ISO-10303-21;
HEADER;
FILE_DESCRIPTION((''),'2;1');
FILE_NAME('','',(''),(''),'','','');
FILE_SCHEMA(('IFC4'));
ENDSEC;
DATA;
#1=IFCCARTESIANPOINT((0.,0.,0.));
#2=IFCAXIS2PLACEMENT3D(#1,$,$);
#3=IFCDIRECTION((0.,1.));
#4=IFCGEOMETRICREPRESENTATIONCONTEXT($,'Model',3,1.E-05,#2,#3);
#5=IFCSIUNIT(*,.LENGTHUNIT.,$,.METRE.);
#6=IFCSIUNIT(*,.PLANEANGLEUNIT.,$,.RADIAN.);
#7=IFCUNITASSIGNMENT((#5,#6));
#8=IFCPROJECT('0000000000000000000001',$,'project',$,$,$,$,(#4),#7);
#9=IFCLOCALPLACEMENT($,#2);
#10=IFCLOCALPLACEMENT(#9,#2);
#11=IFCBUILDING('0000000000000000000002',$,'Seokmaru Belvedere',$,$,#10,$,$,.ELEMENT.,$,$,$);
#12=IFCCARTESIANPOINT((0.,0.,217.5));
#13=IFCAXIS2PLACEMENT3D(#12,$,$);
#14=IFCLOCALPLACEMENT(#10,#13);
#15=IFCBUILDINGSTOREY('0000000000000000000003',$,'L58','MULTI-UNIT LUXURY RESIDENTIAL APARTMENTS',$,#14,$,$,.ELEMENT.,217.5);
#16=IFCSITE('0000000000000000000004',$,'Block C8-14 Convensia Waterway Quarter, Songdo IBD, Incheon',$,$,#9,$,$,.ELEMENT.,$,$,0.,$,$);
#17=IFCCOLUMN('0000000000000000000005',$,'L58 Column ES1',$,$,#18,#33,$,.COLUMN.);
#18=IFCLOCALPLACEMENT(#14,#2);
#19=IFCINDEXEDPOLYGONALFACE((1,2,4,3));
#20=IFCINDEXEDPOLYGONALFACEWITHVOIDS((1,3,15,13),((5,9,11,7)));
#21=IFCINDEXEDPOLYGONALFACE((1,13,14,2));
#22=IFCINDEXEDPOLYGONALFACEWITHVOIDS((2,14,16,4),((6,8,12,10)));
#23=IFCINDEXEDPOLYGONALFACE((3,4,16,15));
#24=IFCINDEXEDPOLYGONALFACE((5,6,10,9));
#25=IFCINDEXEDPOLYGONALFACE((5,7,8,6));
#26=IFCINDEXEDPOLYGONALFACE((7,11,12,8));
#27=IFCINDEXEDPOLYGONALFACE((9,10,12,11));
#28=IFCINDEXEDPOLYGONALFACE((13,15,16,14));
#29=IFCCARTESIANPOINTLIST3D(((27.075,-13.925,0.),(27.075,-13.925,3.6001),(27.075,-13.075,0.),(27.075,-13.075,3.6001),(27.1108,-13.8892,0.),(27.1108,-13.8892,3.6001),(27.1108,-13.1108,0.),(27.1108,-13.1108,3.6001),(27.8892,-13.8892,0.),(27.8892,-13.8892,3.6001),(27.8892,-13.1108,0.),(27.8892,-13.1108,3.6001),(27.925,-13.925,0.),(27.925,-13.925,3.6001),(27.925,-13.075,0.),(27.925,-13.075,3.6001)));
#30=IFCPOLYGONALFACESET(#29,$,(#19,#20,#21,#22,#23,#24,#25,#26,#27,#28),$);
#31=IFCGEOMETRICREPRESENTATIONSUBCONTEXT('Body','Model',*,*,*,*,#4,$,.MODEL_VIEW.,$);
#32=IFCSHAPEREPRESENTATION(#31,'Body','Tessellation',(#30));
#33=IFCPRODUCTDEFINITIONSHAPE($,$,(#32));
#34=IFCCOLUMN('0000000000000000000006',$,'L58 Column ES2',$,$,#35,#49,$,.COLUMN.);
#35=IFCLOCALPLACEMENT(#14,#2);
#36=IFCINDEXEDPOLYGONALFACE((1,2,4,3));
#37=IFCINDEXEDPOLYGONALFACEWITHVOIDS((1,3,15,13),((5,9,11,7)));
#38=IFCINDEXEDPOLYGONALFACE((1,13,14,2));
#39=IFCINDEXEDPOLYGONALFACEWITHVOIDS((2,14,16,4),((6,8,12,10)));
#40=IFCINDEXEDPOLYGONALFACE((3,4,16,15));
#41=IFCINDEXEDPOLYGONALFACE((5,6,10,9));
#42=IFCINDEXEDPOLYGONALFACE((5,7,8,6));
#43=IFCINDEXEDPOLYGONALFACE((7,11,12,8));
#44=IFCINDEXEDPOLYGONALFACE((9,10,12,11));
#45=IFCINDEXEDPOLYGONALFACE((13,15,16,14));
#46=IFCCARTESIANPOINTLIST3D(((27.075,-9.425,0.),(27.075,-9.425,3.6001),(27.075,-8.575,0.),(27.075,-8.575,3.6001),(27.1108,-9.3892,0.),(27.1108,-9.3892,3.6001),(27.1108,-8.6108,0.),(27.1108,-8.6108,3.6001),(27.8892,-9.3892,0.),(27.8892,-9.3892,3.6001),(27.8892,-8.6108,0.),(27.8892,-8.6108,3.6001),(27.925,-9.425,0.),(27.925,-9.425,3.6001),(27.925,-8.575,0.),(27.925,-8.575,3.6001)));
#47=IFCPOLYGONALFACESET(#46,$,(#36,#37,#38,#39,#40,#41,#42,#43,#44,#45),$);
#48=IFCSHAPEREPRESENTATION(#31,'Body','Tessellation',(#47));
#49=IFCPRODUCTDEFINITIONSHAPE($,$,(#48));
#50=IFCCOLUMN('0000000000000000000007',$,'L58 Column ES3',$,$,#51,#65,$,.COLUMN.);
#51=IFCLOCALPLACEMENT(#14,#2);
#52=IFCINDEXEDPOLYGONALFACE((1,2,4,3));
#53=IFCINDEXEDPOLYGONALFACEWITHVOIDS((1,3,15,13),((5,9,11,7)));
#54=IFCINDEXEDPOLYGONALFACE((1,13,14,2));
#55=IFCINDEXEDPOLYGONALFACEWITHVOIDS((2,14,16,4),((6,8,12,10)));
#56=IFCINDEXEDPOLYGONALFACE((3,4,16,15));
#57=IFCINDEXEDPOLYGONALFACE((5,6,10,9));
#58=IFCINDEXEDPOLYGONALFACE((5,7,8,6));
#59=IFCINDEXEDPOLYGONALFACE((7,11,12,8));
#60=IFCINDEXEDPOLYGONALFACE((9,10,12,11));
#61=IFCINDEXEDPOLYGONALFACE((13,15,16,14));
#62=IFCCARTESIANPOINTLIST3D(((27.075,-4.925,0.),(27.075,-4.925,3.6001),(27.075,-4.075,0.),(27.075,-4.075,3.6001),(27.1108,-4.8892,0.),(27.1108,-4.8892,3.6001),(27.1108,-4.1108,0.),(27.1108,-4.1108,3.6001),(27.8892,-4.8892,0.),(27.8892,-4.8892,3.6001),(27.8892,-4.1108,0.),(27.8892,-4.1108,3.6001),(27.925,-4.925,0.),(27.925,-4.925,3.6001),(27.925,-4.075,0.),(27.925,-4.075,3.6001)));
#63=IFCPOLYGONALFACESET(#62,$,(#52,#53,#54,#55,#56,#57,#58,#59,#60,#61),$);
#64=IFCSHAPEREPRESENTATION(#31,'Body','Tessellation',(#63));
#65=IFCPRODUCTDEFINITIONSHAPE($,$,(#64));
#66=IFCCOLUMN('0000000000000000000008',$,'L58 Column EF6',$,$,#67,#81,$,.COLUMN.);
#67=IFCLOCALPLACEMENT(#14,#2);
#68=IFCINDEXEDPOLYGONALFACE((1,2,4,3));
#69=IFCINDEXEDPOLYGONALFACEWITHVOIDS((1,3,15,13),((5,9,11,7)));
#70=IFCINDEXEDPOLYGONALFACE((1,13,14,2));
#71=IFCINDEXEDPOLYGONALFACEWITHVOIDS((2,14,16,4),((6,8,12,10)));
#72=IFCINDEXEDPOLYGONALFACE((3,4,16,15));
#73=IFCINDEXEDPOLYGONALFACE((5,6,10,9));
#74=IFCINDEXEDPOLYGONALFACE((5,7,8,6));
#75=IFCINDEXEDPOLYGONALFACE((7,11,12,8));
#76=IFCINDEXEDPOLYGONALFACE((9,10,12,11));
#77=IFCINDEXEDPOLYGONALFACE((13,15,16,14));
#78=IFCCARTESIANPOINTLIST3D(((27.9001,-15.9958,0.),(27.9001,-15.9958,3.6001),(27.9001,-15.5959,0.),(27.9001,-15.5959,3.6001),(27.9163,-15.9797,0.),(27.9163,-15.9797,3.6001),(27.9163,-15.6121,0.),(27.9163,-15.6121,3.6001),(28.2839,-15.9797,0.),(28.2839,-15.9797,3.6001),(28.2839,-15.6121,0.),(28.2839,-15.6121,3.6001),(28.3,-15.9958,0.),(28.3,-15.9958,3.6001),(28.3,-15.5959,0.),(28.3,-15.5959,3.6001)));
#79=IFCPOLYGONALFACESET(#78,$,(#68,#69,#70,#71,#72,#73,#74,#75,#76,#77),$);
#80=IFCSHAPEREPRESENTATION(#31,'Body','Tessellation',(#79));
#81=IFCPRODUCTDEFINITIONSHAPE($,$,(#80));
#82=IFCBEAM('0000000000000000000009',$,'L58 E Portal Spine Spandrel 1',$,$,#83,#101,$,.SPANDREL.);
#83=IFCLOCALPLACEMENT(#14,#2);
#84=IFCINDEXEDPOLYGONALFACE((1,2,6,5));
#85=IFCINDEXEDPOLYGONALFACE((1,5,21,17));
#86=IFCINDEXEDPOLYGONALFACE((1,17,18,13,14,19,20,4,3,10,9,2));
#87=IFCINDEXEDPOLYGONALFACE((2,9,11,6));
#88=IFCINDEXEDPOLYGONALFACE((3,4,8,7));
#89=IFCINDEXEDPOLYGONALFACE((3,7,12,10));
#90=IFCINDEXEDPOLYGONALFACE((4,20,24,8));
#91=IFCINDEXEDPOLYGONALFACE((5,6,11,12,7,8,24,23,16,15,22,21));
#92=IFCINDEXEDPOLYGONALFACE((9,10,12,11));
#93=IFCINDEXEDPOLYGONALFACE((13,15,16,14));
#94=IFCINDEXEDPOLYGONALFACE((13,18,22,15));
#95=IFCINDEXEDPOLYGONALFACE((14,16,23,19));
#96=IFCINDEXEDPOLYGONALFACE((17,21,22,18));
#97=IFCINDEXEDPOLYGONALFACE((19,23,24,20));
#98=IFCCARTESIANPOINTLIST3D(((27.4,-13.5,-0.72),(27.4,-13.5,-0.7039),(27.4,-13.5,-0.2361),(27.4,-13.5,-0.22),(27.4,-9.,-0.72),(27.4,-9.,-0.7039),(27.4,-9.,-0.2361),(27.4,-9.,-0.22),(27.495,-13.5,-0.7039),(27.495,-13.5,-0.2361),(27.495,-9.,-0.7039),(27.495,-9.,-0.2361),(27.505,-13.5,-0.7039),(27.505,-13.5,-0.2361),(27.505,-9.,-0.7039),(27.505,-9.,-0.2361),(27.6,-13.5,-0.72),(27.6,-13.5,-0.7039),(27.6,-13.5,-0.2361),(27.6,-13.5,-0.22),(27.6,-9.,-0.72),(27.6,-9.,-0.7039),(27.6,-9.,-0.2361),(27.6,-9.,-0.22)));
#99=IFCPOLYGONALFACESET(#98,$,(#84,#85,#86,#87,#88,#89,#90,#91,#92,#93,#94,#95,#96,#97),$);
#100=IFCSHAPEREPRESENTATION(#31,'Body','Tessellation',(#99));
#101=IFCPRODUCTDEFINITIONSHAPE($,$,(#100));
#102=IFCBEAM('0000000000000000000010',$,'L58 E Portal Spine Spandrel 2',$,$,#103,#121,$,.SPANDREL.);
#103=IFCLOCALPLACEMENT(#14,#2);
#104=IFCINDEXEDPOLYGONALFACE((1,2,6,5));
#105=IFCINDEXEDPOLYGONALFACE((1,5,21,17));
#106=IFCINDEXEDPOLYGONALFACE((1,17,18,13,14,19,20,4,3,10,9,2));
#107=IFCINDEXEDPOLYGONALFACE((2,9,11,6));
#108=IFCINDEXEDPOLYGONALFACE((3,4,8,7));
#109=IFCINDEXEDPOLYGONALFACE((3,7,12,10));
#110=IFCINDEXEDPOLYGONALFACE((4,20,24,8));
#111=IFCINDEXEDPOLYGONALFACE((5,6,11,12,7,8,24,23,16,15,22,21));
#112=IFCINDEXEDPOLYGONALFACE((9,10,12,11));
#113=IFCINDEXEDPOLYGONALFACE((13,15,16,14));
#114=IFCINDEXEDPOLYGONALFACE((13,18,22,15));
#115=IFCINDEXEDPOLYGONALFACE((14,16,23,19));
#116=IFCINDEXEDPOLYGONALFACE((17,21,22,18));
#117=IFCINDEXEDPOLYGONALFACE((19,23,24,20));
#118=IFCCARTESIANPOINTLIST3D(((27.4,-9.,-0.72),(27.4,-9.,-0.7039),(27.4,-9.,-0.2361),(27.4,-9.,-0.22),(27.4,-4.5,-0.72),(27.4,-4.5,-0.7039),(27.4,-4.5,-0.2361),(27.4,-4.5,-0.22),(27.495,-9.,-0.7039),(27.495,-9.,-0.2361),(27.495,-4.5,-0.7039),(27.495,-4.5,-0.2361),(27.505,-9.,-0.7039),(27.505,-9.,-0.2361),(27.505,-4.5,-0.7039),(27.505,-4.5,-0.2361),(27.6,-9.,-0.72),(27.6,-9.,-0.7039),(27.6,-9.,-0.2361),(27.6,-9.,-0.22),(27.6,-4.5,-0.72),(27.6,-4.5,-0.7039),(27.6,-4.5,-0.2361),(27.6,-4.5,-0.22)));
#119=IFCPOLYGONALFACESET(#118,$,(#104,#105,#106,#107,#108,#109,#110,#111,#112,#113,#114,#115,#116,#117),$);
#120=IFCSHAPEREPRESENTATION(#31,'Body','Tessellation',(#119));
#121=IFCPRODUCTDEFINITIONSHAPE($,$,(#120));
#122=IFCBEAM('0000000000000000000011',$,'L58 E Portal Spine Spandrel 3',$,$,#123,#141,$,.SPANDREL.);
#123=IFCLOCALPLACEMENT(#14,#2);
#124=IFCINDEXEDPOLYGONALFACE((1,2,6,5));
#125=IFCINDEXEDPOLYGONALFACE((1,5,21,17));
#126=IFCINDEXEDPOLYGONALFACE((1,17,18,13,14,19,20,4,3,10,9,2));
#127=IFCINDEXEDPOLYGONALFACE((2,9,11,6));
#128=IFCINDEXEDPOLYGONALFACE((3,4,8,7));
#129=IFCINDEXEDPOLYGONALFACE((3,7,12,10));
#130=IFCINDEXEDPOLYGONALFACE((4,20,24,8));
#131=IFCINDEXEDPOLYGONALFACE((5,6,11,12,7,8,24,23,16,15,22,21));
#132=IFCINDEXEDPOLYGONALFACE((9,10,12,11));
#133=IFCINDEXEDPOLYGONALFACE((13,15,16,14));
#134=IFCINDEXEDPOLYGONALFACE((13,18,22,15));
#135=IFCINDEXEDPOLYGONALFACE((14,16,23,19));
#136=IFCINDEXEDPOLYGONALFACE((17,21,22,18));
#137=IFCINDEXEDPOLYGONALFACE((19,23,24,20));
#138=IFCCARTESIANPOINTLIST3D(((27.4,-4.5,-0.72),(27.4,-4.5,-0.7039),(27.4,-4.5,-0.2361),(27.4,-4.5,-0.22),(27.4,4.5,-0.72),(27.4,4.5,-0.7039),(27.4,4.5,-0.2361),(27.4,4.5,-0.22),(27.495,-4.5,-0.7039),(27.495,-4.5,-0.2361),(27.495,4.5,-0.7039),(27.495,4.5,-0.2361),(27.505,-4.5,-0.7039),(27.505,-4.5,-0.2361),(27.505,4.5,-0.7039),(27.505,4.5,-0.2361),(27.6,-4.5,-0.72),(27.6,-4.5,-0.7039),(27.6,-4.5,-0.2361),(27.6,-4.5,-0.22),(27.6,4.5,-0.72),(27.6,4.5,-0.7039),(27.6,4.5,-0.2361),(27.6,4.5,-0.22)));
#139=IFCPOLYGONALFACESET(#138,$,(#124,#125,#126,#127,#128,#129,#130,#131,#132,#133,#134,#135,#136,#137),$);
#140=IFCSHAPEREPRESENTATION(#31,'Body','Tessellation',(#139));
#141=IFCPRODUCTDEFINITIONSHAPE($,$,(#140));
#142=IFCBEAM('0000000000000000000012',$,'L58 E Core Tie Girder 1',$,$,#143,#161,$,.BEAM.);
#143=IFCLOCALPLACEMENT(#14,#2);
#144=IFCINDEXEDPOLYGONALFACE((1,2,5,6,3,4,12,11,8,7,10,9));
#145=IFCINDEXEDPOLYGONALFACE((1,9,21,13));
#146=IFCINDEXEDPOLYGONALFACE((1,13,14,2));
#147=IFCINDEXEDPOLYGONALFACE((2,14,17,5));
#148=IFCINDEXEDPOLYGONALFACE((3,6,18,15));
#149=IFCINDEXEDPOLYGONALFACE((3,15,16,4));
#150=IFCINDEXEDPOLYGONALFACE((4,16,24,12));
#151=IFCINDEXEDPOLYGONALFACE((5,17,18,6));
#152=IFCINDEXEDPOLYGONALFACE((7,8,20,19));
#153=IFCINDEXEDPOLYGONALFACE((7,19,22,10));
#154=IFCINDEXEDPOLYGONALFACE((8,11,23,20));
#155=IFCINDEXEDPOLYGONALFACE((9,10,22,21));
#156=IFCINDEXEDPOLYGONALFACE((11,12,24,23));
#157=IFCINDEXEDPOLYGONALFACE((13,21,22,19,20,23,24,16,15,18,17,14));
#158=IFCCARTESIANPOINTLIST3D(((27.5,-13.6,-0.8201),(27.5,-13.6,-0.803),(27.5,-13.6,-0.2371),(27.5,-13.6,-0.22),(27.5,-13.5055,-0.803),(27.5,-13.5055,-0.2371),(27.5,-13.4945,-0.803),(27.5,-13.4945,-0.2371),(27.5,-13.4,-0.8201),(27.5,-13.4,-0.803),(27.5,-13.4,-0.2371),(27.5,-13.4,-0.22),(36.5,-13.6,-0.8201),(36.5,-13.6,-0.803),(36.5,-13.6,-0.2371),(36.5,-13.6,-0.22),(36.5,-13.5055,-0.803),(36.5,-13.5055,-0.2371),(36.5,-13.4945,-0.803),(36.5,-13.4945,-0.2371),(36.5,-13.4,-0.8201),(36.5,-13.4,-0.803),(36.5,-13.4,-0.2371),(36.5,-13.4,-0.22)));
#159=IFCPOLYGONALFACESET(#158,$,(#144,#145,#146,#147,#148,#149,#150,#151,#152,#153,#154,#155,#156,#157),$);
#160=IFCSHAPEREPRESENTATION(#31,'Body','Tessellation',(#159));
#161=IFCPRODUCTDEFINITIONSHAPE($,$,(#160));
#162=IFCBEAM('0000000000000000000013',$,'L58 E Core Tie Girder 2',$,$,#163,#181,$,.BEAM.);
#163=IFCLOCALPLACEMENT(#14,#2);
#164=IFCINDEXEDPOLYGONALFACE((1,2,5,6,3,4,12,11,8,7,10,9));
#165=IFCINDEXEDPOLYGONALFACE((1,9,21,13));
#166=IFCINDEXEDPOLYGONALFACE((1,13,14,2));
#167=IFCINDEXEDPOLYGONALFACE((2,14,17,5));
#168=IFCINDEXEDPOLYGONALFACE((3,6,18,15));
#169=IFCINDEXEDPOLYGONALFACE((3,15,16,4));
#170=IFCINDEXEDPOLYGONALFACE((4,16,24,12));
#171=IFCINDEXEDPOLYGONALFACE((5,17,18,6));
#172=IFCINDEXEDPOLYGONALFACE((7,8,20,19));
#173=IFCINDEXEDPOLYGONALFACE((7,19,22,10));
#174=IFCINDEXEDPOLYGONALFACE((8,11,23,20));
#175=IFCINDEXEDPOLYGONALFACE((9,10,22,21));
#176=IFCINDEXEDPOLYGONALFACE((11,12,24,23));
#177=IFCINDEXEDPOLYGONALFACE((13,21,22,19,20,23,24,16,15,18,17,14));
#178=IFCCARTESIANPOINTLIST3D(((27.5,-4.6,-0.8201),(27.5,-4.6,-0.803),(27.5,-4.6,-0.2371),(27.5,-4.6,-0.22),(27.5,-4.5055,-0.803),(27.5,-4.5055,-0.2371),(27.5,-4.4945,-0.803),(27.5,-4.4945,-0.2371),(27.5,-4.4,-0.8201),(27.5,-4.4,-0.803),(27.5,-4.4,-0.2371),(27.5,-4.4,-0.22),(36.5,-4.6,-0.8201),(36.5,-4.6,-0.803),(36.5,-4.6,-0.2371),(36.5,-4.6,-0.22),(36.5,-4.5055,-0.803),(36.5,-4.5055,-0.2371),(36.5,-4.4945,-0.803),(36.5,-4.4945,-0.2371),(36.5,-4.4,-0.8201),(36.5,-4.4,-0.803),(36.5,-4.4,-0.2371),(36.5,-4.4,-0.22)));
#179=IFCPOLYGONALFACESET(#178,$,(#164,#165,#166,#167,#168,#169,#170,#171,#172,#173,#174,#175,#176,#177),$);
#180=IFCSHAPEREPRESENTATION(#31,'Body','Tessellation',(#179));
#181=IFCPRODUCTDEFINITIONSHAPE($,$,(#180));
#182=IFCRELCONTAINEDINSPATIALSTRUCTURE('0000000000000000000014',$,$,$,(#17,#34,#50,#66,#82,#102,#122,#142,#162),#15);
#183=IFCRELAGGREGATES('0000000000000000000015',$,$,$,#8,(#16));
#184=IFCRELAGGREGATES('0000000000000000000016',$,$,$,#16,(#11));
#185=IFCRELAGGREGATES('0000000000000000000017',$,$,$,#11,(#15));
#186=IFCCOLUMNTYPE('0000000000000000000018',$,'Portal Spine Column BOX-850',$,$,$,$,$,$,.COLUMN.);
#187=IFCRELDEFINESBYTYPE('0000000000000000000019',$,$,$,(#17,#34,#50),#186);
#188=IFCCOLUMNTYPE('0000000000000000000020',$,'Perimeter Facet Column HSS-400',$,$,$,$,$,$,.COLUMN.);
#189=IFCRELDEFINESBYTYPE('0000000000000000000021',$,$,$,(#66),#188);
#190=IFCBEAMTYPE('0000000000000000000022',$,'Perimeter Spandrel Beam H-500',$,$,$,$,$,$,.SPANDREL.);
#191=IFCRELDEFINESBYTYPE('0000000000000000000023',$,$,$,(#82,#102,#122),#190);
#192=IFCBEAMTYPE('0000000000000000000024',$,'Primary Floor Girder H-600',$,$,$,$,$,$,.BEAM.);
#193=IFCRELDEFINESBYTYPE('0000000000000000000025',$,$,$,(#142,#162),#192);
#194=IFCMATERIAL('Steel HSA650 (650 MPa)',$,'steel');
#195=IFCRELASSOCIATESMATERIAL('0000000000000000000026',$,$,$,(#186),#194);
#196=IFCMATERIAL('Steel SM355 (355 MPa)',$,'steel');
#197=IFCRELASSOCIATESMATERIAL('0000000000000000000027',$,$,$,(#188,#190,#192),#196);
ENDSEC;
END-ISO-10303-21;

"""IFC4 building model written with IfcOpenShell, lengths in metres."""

from ifc_helpers import new_model, si_unit, direction, frame, origin, origin_2d, place, context, subcontext, project, spatial, hollow_rectangle, i_section, extrude, source, transform, mapped, material, material_profile, profile_set, type_object, type_shapes, element, save


model = new_model("IFC4")

# Units and contexts
model_context = context("Model", 3, precision=1e-05, world=origin(), true_north=direction((0.0, 1.0)))
body_context = subcontext(model_context, "Body", "Model", "MODEL_VIEW")
ifc_project = project(units=[si_unit("LENGTHUNIT", "METRE"), si_unit("PLANEANGLEUNIT", "RADIAN")], contexts=[model_context])

# Site, building, storey
site_placement = place(None, origin())
site = spatial("IfcSite", under=ifc_project, at=site_placement, Name="Block C8-14 Convensia Waterway Quarter, Songdo IBD, Incheon", CompositionType="ELEMENT", RefElevation=0.0)
building_placement = place(site_placement, origin())
building = spatial("IfcBuilding", under=site, at=building_placement, Name="Seokmaru Belvedere", CompositionType="ELEMENT")
storey_placement = place(building_placement, frame((0.0, 0.0, 217.5)))
storey = spatial("IfcBuildingStorey", under=building, at=storey_placement, Name="L58", Description="MULTI-UNIT LUXURY RESIDENTIAL APARTMENTS", CompositionType="ELEMENT", Elevation=217.5)

# Columns
ifc_material_1 = material(Name="Steel HSA650 (650 MPa)", Category="steel")
ifc_material_profile_1 = material_profile(ifc_material_1, hollow_rectangle(XDim=0.8501, YDim=0.8501, WallThickness=0.0359, at=origin_2d()), Name="BOX-850x850x36")
ifc_profile_set_1 = profile_set([ifc_material_profile_1], Name="Steel HSA650 (650 MPa)")
column_type_1 = type_object("IfcColumnType", Name="Portal Spine Column BOX-850", PredefinedType="COLUMN", material=ifc_profile_set_1)
shared_shape_1 = source(origin(), body_context, "Body", "SweptSolid", [
    extrude(hollow_rectangle(XDim=0.8501, YDim=0.8501, WallThickness=0.0359, at=origin_2d()), origin(), (0.0, 0.0, 1.0), 3.6001),
])
type_shapes(column_type_1, [shared_shape_1])
for number, where, z_axis, x_axis, name in (
    (1, (27.5, -13.5, 0.0), (0.0, 0.0, 1.0), (1.0, 0.0, 0.0), "L58 Column ES1"),
    (2, (27.5, -9.0, 0.0), (0.0, 0.0, 1.0), (1.0, 0.0, 0.0), "L58 Column ES2"),
    (3, (27.5, -4.5, 0.0), (0.0, 0.0, 1.0), (1.0, 0.0, 0.0), "L58 Column ES3"),
):
    element("IfcColumn", number, at=place(storey_placement, frame(where, z_axis=z_axis, x_axis=x_axis)), inside=storey, type_object=column_type_1, Name=name, PredefinedType="COLUMN", context=body_context, shape_type="MappedRepresentation", body=[
        mapped(shared_shape_1, transform((0.0, 0.0, 0.0), scale=1.0)),
    ])
ifc_material_2 = material(Name="Steel SM355 (355 MPa)", Category="steel")
ifc_material_profile_2 = material_profile(ifc_material_2, hollow_rectangle(XDim=0.3999, YDim=0.3999, WallThickness=0.0161, at=origin_2d()), Name="HSS-400x400x16")
ifc_profile_set_2 = profile_set([ifc_material_profile_2], Name="Steel SM355 (355 MPa)")
column_type_2 = type_object("IfcColumnType", Name="Perimeter Facet Column HSS-400", PredefinedType="COLUMN", material=ifc_profile_set_2)
shared_shape_2 = source(origin(), body_context, "Body", "SweptSolid", [
    extrude(hollow_rectangle(XDim=0.3999, YDim=0.3999, WallThickness=0.0161, at=origin_2d()), origin(), (0.0, 0.0, 1.0), 3.6001),
])
type_shapes(column_type_2, [shared_shape_2])
column_placement = place(storey_placement, frame((28.1001, -15.7959, 0.0), z_axis=(0.0, 0.0, 1.0), x_axis=(1.0, 0.0, 0.0)))
element("IfcColumn", 4, at=column_placement, inside=storey, type_object=column_type_2, Name="L58 Column EF6", PredefinedType="COLUMN", context=body_context, shape_type="MappedRepresentation", body=[
    mapped(shared_shape_2, transform((0.0, 0.0, 0.0), scale=1.0)),
])

# Beams
ifc_material_profile_3 = material_profile(ifc_material_2, i_section(OverallWidth=0.2, OverallDepth=0.5, WebThickness=0.01, FlangeThickness=0.0161, at=origin_2d()), Name="H-500x200x10x16")
ifc_profile_set_3 = profile_set([ifc_material_profile_3], Name="Steel SM355 (355 MPa)")
beam_type_1 = type_object("IfcBeamType", Name="Perimeter Spandrel Beam H-500", PredefinedType="SPANDREL", material=ifc_profile_set_3)
shared_shape_3 = source(origin(), body_context, "Body", "SweptSolid", [
    extrude(i_section(OverallWidth=0.2, OverallDepth=0.5, WebThickness=0.01, FlangeThickness=0.0161, at=origin_2d()), origin(), (0.0, 0.0, 1.0), 4.5),
])
for number, where, z_axis, x_axis, name in (
    (5, (27.5, -13.5, -0.47), (0.0, 1.0, 0.0), (-1.0, 0.0, 0.0), "L58 E Portal Spine Spandrel 1"),
    (6, (27.5, -9.0, -0.47), (0.0, 1.0, 0.0), (-1.0, 0.0, 0.0), "L58 E Portal Spine Spandrel 2"),
):
    element("IfcBeam", number, at=place(storey_placement, frame(where, z_axis=z_axis, x_axis=x_axis)), inside=storey, type_object=beam_type_1, Name=name, PredefinedType="SPANDREL", context=body_context, shape_type="MappedRepresentation", body=[
        mapped(shared_shape_3, transform((0.0, 0.0, 0.0), scale=1.0)),
    ])
shared_shape_4 = source(origin(), body_context, "Body", "SweptSolid", [
    extrude(i_section(OverallWidth=0.2, OverallDepth=0.5, WebThickness=0.01, FlangeThickness=0.0161, at=origin_2d()), origin(), (0.0, 0.0, 1.0), 9.0),
])
beam_1_placement = place(storey_placement, frame((27.5, -4.5, -0.47), z_axis=(0.0, 1.0, 0.0), x_axis=(-1.0, 0.0, 0.0)))
element("IfcBeam", 7, at=beam_1_placement, inside=storey, type_object=beam_type_1, Name="L58 E Portal Spine Spandrel 3", PredefinedType="SPANDREL", context=body_context, shape_type="MappedRepresentation", body=[
    mapped(shared_shape_4, transform((0.0, 0.0, 0.0), scale=1.0)),
])
ifc_material_profile_4 = material_profile(ifc_material_2, i_section(OverallWidth=0.2, OverallDepth=0.6001, WebThickness=0.011, FlangeThickness=0.0171, at=origin_2d()), Name="H-600x200x11x17")
ifc_profile_set_4 = profile_set([ifc_material_profile_4], Name="Steel SM355 (355 MPa)")
beam_type_2 = type_object("IfcBeamType", Name="Primary Floor Girder H-600", PredefinedType="BEAM", material=ifc_profile_set_4)
shared_shape_5 = source(origin(), body_context, "Body", "SweptSolid", [
    extrude(i_section(OverallWidth=0.2, OverallDepth=0.6001, WebThickness=0.011, FlangeThickness=0.0171, at=origin_2d()), origin(), (0.0, 0.0, 1.0), 9.0),
])
type_shapes(beam_type_2, [shared_shape_5])
for number, where, z_axis, x_axis, name in (
    (8, (27.5, -13.5, -0.52), (1.0, 0.0, 0.0), (0.0, 1.0, 0.0), "L58 E Core Tie Girder 1"),
    (9, (27.5, -4.5, -0.52), (1.0, 0.0, 0.0), (0.0, 1.0, 0.0), "L58 E Core Tie Girder 2"),
):
    element("IfcBeam", number, at=place(storey_placement, frame(where, z_axis=z_axis, x_axis=x_axis)), inside=storey, type_object=beam_type_2, Name=name, PredefinedType="BEAM", context=body_context, shape_type="MappedRepresentation", body=[
        mapped(shared_shape_5, transform((0.0, 0.0, 0.0), scale=1.0)),
    ])

save(model, "model.ifc")
